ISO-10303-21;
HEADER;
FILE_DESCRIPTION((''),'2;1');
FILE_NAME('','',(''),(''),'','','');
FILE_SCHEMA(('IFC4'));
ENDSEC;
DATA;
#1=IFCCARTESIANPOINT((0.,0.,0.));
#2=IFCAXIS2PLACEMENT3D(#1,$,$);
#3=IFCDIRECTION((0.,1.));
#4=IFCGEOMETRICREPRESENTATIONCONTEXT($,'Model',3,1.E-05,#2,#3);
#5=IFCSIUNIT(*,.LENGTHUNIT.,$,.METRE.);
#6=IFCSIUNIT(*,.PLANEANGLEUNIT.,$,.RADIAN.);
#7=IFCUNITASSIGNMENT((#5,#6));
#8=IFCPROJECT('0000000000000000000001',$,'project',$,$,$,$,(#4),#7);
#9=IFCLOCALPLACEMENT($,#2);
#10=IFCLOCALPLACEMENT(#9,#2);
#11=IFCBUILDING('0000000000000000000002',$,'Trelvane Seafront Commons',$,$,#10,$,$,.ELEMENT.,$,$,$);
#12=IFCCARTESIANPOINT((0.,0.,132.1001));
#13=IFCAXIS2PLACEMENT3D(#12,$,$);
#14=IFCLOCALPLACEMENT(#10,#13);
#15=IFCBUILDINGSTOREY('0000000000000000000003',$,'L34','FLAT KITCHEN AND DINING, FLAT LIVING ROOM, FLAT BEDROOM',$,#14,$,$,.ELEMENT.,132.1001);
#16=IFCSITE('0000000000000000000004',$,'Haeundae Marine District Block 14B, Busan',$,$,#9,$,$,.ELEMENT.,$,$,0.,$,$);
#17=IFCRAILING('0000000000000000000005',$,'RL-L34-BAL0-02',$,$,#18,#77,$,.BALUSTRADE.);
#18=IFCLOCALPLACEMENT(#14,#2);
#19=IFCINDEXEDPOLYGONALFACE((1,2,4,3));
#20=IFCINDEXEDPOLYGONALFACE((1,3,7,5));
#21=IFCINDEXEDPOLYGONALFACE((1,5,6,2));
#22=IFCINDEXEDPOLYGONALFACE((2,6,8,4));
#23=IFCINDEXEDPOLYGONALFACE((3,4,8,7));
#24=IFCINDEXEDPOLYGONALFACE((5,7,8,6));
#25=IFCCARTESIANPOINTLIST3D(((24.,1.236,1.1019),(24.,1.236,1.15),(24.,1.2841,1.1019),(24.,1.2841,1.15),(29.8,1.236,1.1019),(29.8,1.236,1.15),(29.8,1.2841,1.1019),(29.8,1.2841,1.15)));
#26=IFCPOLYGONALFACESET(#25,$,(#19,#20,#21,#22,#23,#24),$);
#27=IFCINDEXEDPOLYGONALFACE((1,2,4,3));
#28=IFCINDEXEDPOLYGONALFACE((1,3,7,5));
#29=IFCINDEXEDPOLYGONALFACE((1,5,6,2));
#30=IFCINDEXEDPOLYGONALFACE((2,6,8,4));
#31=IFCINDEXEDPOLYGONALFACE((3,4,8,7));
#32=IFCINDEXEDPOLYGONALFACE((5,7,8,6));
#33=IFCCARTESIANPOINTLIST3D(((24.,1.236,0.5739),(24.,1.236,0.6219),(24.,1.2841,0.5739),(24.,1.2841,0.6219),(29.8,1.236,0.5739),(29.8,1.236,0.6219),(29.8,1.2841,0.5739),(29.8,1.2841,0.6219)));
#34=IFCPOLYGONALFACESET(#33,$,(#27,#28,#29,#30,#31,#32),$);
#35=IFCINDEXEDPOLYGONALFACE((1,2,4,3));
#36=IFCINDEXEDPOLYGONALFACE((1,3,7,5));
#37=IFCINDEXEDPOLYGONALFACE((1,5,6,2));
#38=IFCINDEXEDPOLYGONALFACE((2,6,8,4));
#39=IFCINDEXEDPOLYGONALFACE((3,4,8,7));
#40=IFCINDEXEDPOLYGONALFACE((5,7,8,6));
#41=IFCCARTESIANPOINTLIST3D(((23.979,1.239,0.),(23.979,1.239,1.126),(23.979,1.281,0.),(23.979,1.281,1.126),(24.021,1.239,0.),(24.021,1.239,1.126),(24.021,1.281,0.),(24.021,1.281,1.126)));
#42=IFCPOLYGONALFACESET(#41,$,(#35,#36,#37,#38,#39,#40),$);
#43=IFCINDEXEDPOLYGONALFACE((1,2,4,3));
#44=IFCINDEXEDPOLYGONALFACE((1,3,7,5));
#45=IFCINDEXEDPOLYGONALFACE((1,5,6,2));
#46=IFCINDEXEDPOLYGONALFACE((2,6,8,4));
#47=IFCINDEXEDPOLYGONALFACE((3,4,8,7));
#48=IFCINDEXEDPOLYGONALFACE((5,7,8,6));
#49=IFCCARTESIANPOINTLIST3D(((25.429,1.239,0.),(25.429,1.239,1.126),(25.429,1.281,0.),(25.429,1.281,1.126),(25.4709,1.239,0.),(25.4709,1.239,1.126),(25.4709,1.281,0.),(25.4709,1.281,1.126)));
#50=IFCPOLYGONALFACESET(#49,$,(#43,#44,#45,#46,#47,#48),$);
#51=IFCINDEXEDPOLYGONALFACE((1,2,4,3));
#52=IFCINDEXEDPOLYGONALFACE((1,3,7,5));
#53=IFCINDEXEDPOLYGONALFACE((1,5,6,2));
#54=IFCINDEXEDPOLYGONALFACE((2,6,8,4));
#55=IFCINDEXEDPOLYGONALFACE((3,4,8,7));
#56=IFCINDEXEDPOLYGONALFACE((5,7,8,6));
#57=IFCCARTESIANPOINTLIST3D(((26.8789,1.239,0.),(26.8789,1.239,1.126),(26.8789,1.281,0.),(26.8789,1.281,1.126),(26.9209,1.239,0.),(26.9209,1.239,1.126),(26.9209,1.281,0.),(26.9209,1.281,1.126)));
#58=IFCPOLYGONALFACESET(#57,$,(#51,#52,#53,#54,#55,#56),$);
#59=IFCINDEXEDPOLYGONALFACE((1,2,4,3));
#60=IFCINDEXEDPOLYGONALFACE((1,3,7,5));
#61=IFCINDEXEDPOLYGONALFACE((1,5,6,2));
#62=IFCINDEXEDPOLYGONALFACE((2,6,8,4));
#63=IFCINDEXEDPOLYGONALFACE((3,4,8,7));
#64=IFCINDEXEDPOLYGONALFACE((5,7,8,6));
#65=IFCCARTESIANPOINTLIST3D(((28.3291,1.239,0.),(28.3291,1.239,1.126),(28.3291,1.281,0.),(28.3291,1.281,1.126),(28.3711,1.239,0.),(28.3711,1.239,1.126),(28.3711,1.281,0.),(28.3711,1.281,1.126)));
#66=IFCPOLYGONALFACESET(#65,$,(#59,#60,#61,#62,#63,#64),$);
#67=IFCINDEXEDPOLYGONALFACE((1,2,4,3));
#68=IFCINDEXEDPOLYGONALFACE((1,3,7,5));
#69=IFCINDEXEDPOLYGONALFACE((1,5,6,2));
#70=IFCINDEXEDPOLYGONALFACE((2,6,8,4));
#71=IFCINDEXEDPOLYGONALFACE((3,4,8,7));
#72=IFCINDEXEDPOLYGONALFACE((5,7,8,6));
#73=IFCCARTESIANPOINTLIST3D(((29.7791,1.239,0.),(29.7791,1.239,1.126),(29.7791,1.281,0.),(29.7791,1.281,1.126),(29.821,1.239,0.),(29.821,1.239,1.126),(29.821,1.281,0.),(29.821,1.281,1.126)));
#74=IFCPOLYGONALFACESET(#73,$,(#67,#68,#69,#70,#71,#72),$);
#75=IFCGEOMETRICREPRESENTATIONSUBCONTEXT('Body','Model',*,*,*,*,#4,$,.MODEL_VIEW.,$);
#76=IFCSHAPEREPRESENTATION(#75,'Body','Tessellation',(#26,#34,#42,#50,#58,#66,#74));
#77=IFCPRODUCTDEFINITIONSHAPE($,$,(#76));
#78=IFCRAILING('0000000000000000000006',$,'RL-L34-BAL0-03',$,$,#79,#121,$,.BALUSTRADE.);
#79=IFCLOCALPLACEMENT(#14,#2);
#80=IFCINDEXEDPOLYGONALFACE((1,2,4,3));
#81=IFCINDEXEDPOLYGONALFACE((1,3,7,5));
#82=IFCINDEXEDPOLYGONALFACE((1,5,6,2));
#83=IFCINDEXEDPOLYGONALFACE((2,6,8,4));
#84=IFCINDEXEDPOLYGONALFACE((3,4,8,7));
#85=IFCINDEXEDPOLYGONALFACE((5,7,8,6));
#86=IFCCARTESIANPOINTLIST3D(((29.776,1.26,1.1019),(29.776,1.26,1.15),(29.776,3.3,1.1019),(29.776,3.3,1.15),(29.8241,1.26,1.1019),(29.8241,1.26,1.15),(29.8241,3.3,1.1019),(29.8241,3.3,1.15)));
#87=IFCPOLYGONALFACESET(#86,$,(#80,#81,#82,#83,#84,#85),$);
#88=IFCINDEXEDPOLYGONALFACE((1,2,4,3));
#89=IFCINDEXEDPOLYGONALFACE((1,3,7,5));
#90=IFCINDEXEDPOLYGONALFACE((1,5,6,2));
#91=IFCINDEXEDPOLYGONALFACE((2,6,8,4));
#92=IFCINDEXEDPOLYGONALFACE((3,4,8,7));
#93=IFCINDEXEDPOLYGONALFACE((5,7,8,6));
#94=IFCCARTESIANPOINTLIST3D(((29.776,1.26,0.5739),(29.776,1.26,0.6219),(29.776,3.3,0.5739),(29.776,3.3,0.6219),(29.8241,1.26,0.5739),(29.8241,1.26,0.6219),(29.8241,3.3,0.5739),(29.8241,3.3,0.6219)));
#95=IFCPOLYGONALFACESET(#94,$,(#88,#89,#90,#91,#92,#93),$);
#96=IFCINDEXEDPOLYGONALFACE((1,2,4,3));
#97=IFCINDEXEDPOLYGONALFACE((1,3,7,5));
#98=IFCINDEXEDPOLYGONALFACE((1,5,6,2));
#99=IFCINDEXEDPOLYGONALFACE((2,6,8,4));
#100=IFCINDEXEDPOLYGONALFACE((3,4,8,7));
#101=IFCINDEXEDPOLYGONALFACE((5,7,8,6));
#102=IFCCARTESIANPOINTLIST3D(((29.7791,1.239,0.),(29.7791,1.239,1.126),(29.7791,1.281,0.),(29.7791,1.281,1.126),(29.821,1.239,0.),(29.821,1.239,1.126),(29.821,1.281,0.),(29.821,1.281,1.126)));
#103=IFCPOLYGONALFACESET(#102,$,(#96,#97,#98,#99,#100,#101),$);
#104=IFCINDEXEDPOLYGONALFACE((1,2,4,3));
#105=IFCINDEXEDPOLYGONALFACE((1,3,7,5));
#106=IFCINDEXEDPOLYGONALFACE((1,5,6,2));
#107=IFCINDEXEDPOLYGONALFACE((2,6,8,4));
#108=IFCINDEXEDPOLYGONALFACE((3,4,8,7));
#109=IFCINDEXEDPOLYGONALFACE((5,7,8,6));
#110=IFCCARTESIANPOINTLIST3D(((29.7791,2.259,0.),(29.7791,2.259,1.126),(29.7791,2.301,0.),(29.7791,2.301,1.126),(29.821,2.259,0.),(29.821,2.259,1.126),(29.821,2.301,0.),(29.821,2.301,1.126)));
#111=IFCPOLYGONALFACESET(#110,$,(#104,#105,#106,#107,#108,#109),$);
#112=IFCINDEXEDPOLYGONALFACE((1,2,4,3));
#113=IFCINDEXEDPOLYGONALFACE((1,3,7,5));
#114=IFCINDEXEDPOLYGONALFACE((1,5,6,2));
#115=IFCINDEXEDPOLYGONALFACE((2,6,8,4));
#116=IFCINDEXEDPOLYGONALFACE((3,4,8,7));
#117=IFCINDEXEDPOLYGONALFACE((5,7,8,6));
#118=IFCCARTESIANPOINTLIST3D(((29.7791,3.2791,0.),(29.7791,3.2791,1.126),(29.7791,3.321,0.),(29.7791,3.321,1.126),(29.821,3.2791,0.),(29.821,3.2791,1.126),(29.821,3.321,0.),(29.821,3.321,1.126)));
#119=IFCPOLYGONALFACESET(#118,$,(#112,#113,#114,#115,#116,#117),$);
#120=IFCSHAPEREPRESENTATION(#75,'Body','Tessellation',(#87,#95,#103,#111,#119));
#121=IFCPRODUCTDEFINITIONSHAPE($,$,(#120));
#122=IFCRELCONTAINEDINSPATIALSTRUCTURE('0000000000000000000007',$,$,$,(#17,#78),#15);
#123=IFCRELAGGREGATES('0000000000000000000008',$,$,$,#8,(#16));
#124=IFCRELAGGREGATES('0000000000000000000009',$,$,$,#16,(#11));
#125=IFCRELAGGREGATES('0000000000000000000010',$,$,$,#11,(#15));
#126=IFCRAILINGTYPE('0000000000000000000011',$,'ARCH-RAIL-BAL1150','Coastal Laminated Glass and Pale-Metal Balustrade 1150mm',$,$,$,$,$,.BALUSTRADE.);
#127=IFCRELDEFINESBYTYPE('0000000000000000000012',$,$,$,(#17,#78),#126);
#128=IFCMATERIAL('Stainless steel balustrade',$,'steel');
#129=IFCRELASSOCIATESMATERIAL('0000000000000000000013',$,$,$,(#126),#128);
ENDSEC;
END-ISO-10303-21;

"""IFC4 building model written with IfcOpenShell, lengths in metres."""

from ifc_helpers import new_model, si_unit, direction, frame, origin, origin_2d, place, context, subcontext, project, spatial, rectangle, extrude, material, type_object, element, save


model = new_model("IFC4")

# Units and contexts
model_context = context("Model", 3, precision=1e-05, world=origin(), true_north=direction((0.0, 1.0)))
body_context = subcontext(model_context, "Body", "Model", "MODEL_VIEW")
ifc_project = project(units=[si_unit("LENGTHUNIT", "METRE"), si_unit("PLANEANGLEUNIT", "RADIAN")], contexts=[model_context])

# Site, building, storey
site_placement = place(None, origin())
site = spatial("IfcSite", under=ifc_project, at=site_placement, Name="Haeundae Marine District Block 14B, Busan", CompositionType="ELEMENT", RefElevation=0.0)
building_placement = place(site_placement, origin())
building = spatial("IfcBuilding", under=site, at=building_placement, Name="Trelvane Seafront Commons", CompositionType="ELEMENT")
storey_placement = place(building_placement, frame((0.0, 0.0, 132.1001)))
storey = spatial("IfcBuildingStorey", under=building, at=storey_placement, Name="L34", Description="FLAT KITCHEN AND DINING, FLAT LIVING ROOM, FLAT BEDROOM", CompositionType="ELEMENT", Elevation=132.1001)

# Railings
ifc_material_1 = material(Name="Stainless steel balustrade", Category="steel")
railing_type = type_object("IfcRailingType", Name="ARCH-RAIL-BAL1150", Description="Coastal Laminated Glass and Pale-Metal Balustrade 1150mm", PredefinedType="BALUSTRADE", material=ifc_material_1)
railing_1_placement = place(storey_placement, frame((24.0, 1.26, 0.0)))
element("IfcRailing", 1, at=railing_1_placement, inside=storey, type_object=railing_type, Name="RL-L34-BAL0-02", PredefinedType="BALUSTRADE", context=body_context, shape_type="SweptSolid", body=[
    extrude(rectangle(XDim=0.0481, YDim=0.0481, at=origin_2d()), frame((0.0, 0.0, 1.126), z_axis=(1.0, 0.0, 0.0), x_axis=(0.0, 1.0, 0.0)), (0.0, 0.0, 1.0), 5.8),
    extrude(rectangle(XDim=0.0481, YDim=0.0481, at=origin_2d()), frame((0.0, 0.0, 0.5979), z_axis=(1.0, 0.0, 0.0), x_axis=(0.0, 1.0, 0.0)), (0.0, 0.0, 1.0), 5.8),
    extrude(rectangle(XDim=0.042, YDim=0.042, at=origin_2d()), origin(), (0.0, 0.0, 1.0), 1.126),
    extrude(rectangle(XDim=0.042, YDim=0.042, at=origin_2d()), frame((1.45, 0.0, 0.0)), (0.0, 0.0, 1.0), 1.126),
    extrude(rectangle(XDim=0.042, YDim=0.042, at=origin_2d()), frame((2.8999, 0.0, 0.0)), (0.0, 0.0, 1.0), 1.126),
    extrude(rectangle(XDim=0.042, YDim=0.042, at=origin_2d()), frame((4.3501, 0.0, 0.0)), (0.0, 0.0, 1.0), 1.126),
    extrude(rectangle(XDim=0.042, YDim=0.042, at=origin_2d()), frame((5.8, 0.0, 0.0)), (0.0, 0.0, 1.0), 1.126),
])
railing_2_placement = place(storey_placement, frame((29.8, 1.26, 0.0)))
element("IfcRailing", 2, at=railing_2_placement, inside=storey, type_object=railing_type, Name="RL-L34-BAL0-03", PredefinedType="BALUSTRADE", context=body_context, shape_type="SweptSolid", body=[
    extrude(rectangle(XDim=0.0481, YDim=0.0481, at=origin_2d()), frame((0.0, 0.0, 1.126), z_axis=(0.0, 1.0, 0.0), x_axis=(-1.0, 0.0, 0.0)), (0.0, 0.0, 1.0), 2.04),
    extrude(rectangle(XDim=0.0481, YDim=0.0481, at=origin_2d()), frame((0.0, 0.0, 0.5979), z_axis=(0.0, 1.0, 0.0), x_axis=(-1.0, 0.0, 0.0)), (0.0, 0.0, 1.0), 2.04),
    extrude(rectangle(XDim=0.042, YDim=0.042, at=origin_2d()), origin(), (0.0, 0.0, 1.0), 1.126),
    extrude(rectangle(XDim=0.042, YDim=0.042, at=origin_2d()), frame((0.0, 1.02, 0.0)), (0.0, 0.0, 1.0), 1.126),
    extrude(rectangle(XDim=0.042, YDim=0.042, at=origin_2d()), frame((0.0, 2.04, 0.0)), (0.0, 0.0, 1.0), 1.126),
])

save(model, "model.ifc")
